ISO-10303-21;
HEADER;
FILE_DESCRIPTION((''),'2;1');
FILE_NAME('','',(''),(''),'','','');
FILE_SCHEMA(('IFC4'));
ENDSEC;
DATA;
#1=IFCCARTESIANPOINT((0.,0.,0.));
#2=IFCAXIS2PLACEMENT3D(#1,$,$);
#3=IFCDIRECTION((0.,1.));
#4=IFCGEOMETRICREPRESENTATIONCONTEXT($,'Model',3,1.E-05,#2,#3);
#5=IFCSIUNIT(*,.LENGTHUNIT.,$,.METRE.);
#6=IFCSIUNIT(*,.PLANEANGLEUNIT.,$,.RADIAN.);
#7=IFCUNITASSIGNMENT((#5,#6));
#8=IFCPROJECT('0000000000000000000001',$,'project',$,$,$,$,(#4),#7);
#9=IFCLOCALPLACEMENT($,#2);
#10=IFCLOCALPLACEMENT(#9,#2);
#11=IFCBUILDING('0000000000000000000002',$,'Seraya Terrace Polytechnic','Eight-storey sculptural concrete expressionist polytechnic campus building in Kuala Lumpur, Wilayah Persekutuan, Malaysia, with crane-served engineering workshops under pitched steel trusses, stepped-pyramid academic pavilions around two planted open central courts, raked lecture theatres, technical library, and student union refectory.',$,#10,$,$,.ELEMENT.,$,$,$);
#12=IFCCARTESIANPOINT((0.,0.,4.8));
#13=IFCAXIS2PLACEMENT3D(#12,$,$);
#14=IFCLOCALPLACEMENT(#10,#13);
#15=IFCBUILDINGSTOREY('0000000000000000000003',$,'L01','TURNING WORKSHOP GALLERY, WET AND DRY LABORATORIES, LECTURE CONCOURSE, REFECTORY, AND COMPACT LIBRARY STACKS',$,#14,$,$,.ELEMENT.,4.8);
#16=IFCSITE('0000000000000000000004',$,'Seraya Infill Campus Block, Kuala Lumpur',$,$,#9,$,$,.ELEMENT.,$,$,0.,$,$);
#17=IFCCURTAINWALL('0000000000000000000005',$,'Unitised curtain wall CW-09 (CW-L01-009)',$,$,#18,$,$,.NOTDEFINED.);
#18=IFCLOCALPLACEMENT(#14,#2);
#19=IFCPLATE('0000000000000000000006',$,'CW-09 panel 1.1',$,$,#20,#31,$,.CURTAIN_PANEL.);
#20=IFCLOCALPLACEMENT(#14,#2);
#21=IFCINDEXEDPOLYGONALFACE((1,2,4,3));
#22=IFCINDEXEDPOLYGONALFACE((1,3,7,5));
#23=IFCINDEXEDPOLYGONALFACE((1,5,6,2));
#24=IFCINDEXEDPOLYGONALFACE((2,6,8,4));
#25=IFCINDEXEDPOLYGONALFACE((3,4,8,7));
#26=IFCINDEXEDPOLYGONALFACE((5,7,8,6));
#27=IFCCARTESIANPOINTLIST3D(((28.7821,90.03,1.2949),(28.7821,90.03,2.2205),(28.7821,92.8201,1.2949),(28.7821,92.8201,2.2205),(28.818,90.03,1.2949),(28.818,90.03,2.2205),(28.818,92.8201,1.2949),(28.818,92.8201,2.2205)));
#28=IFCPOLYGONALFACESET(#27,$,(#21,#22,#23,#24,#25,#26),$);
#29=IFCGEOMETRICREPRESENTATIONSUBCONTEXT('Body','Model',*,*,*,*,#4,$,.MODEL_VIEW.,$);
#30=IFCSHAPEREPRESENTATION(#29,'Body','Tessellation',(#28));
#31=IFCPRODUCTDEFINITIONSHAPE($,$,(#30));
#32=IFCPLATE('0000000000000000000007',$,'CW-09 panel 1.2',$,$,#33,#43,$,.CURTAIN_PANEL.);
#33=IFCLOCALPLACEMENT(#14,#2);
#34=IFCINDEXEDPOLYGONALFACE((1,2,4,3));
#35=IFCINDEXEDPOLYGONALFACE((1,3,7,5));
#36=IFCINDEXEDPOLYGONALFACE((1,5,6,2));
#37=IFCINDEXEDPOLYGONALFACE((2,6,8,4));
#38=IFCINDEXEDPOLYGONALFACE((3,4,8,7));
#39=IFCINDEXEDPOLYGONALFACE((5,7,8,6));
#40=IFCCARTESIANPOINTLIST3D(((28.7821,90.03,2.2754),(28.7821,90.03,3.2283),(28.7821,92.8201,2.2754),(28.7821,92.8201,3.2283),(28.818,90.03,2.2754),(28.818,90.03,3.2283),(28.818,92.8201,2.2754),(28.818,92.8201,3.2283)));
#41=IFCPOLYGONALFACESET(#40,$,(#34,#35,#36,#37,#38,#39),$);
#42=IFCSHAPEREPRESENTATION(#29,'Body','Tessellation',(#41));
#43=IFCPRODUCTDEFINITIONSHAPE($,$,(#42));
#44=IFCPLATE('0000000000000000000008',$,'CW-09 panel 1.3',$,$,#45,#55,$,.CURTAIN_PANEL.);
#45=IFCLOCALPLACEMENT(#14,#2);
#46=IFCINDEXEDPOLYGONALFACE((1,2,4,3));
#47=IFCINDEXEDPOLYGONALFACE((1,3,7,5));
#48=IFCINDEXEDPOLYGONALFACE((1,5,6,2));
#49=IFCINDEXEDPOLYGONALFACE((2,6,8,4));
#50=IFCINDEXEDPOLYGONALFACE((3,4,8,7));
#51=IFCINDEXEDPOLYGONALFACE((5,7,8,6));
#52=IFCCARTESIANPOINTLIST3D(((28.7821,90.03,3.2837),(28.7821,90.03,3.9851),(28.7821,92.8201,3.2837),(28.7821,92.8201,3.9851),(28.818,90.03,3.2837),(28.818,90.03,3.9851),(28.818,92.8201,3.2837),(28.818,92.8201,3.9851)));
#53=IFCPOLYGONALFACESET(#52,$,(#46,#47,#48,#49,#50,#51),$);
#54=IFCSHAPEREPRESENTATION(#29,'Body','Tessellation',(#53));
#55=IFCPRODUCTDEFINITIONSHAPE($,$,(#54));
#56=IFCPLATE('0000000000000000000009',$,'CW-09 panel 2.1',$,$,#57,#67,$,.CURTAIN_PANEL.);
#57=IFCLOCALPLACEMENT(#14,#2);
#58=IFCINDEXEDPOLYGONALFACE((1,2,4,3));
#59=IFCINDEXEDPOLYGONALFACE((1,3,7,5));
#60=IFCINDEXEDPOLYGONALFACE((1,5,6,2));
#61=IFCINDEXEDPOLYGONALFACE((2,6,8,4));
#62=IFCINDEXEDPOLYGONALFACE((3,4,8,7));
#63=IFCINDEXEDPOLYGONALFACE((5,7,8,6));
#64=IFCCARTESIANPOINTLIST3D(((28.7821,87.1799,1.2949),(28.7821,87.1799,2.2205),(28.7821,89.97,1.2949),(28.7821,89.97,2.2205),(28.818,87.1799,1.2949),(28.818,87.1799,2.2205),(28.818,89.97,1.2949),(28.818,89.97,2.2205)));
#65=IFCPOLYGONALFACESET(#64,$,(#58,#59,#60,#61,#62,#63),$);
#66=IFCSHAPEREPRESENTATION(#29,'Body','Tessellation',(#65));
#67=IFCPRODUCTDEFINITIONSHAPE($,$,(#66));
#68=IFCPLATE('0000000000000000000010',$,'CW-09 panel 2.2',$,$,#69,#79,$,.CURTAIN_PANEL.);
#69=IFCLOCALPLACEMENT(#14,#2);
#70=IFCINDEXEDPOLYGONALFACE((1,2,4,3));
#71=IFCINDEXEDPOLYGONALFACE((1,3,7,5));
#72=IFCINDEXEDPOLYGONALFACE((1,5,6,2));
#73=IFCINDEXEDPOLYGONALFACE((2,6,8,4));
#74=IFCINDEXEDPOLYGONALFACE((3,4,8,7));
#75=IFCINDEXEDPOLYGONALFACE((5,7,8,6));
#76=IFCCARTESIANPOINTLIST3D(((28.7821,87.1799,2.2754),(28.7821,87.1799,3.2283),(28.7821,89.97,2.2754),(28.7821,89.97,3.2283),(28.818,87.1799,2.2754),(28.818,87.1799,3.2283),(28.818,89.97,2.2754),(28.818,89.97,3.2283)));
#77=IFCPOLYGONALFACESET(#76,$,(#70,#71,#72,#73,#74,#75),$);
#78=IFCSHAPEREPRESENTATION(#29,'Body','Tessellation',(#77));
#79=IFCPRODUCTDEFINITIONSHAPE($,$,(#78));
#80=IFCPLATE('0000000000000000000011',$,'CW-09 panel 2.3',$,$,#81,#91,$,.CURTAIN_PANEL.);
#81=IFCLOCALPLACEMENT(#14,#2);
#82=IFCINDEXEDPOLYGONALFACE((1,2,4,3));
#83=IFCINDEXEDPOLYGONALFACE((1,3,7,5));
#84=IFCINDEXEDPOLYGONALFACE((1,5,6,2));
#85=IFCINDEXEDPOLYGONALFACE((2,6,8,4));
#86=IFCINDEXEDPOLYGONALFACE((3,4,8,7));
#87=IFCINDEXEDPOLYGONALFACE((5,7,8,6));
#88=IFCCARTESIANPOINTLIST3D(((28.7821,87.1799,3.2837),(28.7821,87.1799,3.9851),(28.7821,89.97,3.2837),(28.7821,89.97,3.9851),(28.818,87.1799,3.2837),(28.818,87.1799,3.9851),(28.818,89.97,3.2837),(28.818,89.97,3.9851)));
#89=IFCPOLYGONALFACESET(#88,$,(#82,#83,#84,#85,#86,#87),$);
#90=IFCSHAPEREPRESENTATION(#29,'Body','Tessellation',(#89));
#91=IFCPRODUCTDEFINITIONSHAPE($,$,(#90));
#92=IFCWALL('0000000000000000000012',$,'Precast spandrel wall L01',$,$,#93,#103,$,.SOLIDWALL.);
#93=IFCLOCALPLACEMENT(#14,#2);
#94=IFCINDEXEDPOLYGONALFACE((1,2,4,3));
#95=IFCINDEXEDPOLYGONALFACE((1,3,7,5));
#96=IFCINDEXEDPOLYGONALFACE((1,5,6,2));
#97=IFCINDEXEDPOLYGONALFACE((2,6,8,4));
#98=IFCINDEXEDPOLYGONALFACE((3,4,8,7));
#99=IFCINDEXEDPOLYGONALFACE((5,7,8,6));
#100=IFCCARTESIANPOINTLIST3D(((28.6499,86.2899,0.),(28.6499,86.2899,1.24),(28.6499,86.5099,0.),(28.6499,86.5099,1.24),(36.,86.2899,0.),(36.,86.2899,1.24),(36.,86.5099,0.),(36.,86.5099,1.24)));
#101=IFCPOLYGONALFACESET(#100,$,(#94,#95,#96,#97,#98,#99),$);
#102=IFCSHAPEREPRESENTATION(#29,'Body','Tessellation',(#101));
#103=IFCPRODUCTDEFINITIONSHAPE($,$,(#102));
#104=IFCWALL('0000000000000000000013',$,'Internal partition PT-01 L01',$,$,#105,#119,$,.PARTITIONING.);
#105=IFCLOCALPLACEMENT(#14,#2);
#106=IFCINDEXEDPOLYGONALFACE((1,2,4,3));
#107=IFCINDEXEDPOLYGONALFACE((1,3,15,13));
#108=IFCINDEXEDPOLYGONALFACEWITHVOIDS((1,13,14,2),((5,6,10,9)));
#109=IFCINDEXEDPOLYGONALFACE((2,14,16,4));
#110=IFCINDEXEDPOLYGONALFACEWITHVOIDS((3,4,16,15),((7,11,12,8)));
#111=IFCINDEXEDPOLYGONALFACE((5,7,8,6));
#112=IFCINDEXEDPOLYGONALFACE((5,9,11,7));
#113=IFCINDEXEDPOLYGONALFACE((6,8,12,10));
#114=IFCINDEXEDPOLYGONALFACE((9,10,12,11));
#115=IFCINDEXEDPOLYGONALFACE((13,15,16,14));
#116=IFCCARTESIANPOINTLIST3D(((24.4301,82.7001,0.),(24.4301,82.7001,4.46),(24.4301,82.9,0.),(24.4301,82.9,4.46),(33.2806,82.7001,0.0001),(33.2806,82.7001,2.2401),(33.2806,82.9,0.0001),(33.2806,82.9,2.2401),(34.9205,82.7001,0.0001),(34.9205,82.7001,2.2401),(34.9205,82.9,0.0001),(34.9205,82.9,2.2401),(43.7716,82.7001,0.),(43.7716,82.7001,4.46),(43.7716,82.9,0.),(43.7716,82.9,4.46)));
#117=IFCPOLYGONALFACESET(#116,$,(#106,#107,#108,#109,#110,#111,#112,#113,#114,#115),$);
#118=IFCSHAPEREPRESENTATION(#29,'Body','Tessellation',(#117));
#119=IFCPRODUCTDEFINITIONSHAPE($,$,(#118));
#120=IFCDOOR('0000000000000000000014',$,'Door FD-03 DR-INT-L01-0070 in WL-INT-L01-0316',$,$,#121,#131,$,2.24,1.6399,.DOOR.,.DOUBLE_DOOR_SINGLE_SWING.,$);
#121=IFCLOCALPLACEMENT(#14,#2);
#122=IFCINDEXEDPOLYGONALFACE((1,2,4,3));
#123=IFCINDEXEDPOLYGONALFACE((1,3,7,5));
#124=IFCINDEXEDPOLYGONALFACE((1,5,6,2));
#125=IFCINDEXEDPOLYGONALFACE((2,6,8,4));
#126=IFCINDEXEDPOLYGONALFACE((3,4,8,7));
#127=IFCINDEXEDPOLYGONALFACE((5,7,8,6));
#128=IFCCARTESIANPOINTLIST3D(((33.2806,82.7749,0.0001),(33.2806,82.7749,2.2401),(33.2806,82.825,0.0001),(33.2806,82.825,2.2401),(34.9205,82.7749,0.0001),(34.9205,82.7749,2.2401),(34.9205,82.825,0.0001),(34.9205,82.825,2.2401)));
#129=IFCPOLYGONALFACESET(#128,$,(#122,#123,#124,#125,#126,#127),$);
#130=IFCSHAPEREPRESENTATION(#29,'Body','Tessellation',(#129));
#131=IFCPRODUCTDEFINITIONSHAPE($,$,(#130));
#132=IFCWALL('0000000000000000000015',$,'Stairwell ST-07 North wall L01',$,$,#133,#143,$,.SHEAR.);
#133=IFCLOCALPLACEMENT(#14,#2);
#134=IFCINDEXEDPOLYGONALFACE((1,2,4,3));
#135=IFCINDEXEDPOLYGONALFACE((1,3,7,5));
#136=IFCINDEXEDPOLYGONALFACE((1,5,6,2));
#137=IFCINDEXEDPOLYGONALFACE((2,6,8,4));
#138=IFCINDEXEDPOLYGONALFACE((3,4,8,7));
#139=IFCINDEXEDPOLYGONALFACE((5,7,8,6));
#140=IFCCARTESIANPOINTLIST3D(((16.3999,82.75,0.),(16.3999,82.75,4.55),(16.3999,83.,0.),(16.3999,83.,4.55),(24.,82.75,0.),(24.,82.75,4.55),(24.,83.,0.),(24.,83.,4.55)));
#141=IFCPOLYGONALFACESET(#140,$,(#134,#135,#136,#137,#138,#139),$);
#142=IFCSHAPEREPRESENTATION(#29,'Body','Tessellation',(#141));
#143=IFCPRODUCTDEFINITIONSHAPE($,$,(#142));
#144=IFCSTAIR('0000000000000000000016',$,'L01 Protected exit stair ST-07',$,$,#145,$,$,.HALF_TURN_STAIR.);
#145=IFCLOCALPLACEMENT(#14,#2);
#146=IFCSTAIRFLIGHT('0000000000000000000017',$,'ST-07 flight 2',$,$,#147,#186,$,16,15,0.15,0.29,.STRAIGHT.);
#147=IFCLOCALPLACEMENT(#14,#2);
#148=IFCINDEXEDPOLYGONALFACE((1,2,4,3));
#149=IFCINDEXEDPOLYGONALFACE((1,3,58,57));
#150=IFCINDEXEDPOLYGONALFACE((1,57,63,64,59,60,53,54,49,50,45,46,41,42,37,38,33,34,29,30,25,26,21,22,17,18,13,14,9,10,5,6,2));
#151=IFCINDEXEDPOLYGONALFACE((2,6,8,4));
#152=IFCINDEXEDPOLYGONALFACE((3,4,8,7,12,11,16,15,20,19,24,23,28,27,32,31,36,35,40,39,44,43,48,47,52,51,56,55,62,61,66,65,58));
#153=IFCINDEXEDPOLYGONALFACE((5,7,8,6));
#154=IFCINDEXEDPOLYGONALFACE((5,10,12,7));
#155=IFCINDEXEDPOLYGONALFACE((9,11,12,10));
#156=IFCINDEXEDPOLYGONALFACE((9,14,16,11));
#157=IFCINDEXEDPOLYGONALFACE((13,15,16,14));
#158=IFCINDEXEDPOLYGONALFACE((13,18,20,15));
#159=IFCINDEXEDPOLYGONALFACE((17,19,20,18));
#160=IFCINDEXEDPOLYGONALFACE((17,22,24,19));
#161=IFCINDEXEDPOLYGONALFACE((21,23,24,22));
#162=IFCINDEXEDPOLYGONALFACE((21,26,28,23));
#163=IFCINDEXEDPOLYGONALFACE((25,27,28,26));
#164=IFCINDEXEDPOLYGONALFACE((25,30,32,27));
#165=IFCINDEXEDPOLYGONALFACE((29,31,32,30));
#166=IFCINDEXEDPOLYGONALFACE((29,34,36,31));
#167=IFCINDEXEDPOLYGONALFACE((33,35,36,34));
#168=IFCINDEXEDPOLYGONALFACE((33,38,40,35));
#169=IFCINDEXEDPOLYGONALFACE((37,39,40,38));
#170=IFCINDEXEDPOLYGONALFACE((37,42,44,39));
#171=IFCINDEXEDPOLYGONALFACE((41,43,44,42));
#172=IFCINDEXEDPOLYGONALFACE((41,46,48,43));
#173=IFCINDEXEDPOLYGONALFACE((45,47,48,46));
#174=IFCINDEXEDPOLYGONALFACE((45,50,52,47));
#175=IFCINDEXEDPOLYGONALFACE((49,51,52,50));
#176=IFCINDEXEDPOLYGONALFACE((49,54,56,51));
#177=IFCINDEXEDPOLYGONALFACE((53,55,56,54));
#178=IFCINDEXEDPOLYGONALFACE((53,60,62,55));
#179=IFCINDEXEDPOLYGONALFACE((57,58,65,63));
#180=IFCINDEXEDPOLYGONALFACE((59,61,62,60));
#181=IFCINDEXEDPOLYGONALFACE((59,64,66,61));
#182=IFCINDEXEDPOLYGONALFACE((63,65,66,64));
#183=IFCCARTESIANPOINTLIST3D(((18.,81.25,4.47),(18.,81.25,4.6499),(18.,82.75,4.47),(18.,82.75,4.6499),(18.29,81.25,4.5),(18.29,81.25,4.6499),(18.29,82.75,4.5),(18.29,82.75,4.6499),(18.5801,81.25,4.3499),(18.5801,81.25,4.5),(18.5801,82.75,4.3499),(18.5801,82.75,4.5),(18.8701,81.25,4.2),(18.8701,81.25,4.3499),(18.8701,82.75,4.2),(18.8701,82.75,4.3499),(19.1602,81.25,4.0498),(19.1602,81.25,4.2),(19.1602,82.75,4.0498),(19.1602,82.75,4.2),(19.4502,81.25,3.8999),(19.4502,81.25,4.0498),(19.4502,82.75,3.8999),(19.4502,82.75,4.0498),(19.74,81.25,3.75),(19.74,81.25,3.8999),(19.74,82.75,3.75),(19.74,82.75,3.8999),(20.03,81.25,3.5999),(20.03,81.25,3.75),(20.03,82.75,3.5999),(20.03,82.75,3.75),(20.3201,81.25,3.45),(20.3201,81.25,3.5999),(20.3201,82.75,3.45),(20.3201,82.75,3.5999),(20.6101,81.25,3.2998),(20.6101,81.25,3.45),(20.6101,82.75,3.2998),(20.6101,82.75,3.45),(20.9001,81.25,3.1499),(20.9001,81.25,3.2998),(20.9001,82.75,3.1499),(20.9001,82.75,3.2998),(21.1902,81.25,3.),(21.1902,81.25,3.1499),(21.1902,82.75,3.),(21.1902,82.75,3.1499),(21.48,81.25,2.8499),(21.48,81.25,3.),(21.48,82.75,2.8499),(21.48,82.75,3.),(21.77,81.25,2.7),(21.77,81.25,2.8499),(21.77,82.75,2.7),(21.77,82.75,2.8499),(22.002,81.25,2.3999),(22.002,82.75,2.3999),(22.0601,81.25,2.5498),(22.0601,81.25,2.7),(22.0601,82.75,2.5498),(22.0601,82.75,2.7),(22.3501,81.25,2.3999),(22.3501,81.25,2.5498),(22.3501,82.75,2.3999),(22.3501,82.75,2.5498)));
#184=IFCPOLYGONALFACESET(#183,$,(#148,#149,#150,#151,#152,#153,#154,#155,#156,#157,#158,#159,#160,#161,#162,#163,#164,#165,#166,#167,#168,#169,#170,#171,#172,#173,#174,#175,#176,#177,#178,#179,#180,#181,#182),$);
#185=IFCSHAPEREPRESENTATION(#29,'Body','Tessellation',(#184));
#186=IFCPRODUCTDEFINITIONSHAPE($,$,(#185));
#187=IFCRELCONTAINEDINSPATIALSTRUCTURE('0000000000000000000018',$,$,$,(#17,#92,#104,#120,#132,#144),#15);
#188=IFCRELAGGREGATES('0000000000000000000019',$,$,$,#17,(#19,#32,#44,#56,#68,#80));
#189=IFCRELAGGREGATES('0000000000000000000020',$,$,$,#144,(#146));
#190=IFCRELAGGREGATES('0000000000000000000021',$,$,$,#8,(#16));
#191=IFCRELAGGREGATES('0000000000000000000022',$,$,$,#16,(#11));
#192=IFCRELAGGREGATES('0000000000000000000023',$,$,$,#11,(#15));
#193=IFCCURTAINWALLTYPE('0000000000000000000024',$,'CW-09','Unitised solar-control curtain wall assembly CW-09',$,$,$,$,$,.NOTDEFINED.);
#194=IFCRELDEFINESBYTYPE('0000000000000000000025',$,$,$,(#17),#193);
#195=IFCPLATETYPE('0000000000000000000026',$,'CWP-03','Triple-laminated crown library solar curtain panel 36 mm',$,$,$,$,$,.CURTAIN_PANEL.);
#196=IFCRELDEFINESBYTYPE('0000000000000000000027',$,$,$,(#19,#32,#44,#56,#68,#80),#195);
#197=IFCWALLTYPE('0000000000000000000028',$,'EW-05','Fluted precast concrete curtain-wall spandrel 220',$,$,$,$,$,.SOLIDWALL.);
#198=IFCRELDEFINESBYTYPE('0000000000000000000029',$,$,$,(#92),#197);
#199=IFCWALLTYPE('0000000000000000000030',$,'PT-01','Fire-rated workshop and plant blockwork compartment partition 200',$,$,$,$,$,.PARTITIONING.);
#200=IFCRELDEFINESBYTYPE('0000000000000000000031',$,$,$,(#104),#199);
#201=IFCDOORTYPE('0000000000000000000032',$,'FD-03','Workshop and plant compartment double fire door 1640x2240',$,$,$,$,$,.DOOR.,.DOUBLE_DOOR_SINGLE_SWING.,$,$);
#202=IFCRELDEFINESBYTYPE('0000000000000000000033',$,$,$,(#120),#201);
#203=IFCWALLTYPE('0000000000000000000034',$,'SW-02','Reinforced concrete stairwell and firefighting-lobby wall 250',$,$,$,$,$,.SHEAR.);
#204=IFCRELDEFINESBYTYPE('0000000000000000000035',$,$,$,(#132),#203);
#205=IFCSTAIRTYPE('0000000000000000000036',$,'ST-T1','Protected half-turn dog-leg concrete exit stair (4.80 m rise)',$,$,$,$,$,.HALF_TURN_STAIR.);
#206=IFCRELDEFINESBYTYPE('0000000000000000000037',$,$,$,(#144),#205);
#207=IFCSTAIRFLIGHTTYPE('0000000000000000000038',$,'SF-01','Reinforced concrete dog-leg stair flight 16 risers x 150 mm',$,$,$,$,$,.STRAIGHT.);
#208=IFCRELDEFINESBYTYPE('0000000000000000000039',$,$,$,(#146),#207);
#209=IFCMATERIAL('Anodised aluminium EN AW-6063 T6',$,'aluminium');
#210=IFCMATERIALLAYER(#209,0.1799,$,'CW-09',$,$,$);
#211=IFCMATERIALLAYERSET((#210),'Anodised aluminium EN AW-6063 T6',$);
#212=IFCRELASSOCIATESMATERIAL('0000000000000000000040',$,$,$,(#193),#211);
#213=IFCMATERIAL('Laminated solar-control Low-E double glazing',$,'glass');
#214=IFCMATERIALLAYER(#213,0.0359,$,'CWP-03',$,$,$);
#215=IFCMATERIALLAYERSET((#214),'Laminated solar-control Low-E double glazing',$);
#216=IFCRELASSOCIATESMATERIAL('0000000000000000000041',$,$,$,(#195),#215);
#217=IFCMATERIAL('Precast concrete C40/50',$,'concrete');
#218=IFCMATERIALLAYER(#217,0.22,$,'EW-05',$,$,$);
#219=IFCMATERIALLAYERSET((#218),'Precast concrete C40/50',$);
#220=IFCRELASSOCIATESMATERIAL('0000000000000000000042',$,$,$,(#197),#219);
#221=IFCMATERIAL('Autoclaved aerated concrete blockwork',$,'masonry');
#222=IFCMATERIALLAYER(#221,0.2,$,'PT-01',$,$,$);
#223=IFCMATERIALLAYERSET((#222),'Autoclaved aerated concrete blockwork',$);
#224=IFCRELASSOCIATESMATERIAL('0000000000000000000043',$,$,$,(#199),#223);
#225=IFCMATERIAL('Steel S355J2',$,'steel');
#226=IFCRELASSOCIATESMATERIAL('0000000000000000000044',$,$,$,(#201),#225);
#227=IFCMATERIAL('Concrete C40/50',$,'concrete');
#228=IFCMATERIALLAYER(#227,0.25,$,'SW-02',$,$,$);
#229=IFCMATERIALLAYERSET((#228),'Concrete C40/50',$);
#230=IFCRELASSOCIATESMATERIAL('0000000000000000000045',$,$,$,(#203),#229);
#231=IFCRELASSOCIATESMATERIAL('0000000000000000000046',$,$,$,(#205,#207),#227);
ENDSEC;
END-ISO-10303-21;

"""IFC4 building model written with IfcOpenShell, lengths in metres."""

from ifc_helpers import new_model, si_unit, direction, frame, frame_2d, origin, origin_2d, place, context, subcontext, project, spatial, polyline, rectangle, outline, extrude, material, layer, layer_set, type_object, element, fill, aggregate, save


model = new_model("IFC4")

# Units and contexts
model_context = context("Model", 3, precision=1e-05, world=origin(), true_north=direction((0.0, 1.0)))
body_context = subcontext(model_context, "Body", "Model", "MODEL_VIEW")
ifc_project = project(units=[si_unit("LENGTHUNIT", "METRE"), si_unit("PLANEANGLEUNIT", "RADIAN")], contexts=[model_context])

# Site, building, storey
site_placement = place(None, origin())
site = spatial("IfcSite", under=ifc_project, at=site_placement, Name="Seraya Infill Campus Block, Kuala Lumpur", CompositionType="ELEMENT", RefElevation=0.0)
building_placement = place(site_placement, origin())
building = spatial("IfcBuilding", under=site, at=building_placement, Name="Seraya Terrace Polytechnic", Description="Eight-storey sculptural concrete expressionist polytechnic campus building in Kuala Lumpur, Wilayah Persekutuan, Malaysia, with crane-served engineering workshops under pitched steel trusses, stepped-pyramid academic pavilions around two planted open central courts, raked lecture theatres, technical library, and student union refectory.", CompositionType="ELEMENT")
storey_placement = place(building_placement, frame((0.0, 0.0, 4.8)))
storey = spatial("IfcBuildingStorey", under=building, at=storey_placement, Name="L01", Description="TURNING WORKSHOP GALLERY, WET AND DRY LABORATORIES, LECTURE CONCOURSE, REFECTORY, AND COMPACT LIBRARY STACKS", CompositionType="ELEMENT", Elevation=4.8)

# Shared definitions
ifc_material_1 = material(Name="Concrete C40/50", Category="concrete")

# Curtain wall
ifc_material_2 = material(Name="Anodised aluminium EN AW-6063 T6", Category="aluminium")
ifc_layer_1 = layer(ifc_material_2, 0.1799, Name="CW-09")
ifc_layer_set_1 = layer_set([ifc_layer_1], Name="Anodised aluminium EN AW-6063 T6")
curtain_wall_type_1 = type_object("IfcCurtainWallType", Name="CW-09", Description="Unitised solar-control curtain wall assembly CW-09", PredefinedType="NOTDEFINED", material=ifc_layer_set_1)
curtain_wall_1_placement = place(storey_placement, origin())
curtain_wall_1 = element("IfcCurtainWall", 1, at=curtain_wall_1_placement, inside=storey, type_object=curtain_wall_type_1, Name="Unitised curtain wall CW-09 (CW-L01-009)", PredefinedType="NOTDEFINED")

# Plates
ifc_material_3 = material(Name="Laminated solar-control Low-E double glazing", Category="glass")
ifc_layer_2 = layer(ifc_material_3, 0.0359, Name="CWP-03")
ifc_layer_set_2 = layer_set([ifc_layer_2], Name="Laminated solar-control Low-E double glazing")
plate_type_1 = type_object("IfcPlateType", Name="CWP-03", Description="Triple-laminated crown library solar curtain panel 36 mm", PredefinedType="CURTAIN_PANEL", material=ifc_layer_set_2)
plate_1_placement = place(storey_placement, frame((28.8, 91.425, 1.2949), z_axis=(0.0, 0.0, 1.0), x_axis=(0.0, -1.0, 0.0)))
plate_1 = element("IfcPlate", 2, at=plate_1_placement, type_object=plate_type_1, Name="CW-09 panel 1.1", PredefinedType="CURTAIN_PANEL", context=body_context, shape_type="SweptSolid", body=[
    extrude(rectangle(XDim=2.79, YDim=0.0359, at=origin_2d()), origin(), (0.0, 0.0, 1.0), 0.9255),
])
plate_2_placement = place(storey_placement, frame((28.8, 91.425, 2.2754), z_axis=(0.0, 0.0, 1.0), x_axis=(0.0, -1.0, 0.0)))
plate_2 = element("IfcPlate", 3, at=plate_2_placement, type_object=plate_type_1, Name="CW-09 panel 1.2", PredefinedType="CURTAIN_PANEL", context=body_context, shape_type="SweptSolid", body=[
    extrude(rectangle(XDim=2.79, YDim=0.0359, at=origin_2d()), origin(), (0.0, 0.0, 1.0), 0.9529),
])
plate_3_placement = place(storey_placement, frame((28.8, 91.425, 3.2837), z_axis=(0.0, 0.0, 1.0), x_axis=(0.0, -1.0, 0.0)))
plate_3 = element("IfcPlate", 4, at=plate_3_placement, type_object=plate_type_1, Name="CW-09 panel 1.3", PredefinedType="CURTAIN_PANEL", context=body_context, shape_type="SweptSolid", body=[
    extrude(rectangle(XDim=2.79, YDim=0.0359, at=origin_2d()), origin(), (0.0, 0.0, 1.0), 0.7014),
])
plate_4_placement = place(storey_placement, frame((28.8, 88.575, 1.2949), z_axis=(0.0, 0.0, 1.0), x_axis=(0.0, -1.0, 0.0)))
plate_4 = element("IfcPlate", 5, at=plate_4_placement, type_object=plate_type_1, Name="CW-09 panel 2.1", PredefinedType="CURTAIN_PANEL", context=body_context, shape_type="SweptSolid", body=[
    extrude(rectangle(XDim=2.79, YDim=0.0359, at=origin_2d()), origin(), (0.0, 0.0, 1.0), 0.9255),
])
plate_5_placement = place(storey_placement, frame((28.8, 88.575, 2.2754), z_axis=(0.0, 0.0, 1.0), x_axis=(0.0, -1.0, 0.0)))
plate_5 = element("IfcPlate", 6, at=plate_5_placement, type_object=plate_type_1, Name="CW-09 panel 2.2", PredefinedType="CURTAIN_PANEL", context=body_context, shape_type="SweptSolid", body=[
    extrude(rectangle(XDim=2.79, YDim=0.0359, at=origin_2d()), origin(), (0.0, 0.0, 1.0), 0.9529),
])
plate_6_placement = place(storey_placement, frame((28.8, 88.575, 3.2837), z_axis=(0.0, 0.0, 1.0), x_axis=(0.0, -1.0, 0.0)))
plate_6 = element("IfcPlate", 7, at=plate_6_placement, type_object=plate_type_1, Name="CW-09 panel 2.3", PredefinedType="CURTAIN_PANEL", context=body_context, shape_type="SweptSolid", body=[
    extrude(rectangle(XDim=2.79, YDim=0.0359, at=origin_2d()), origin(), (0.0, 0.0, 1.0), 0.7014),
])
aggregate(curtain_wall_1, [plate_1, plate_2, plate_3, plate_4, plate_5, plate_6])

# Wall
ifc_material_4 = material(Name="Precast concrete C40/50", Category="concrete")
ifc_layer_3 = layer(ifc_material_4, 0.22, Name="EW-05")
ifc_layer_set_3 = layer_set([ifc_layer_3], Name="Precast concrete C40/50")
wall_type_1 = type_object("IfcWallType", Name="EW-05", Description="Fluted precast concrete curtain-wall spandrel 220", PredefinedType="SOLIDWALL", material=ifc_layer_set_3)
wall_1_placement = place(storey_placement, frame((28.6499, 86.3999, 0.0), z_axis=(0.0, 0.0, 1.0), x_axis=(1.0, 0.0, 0.0)))
element("IfcWall", 8, at=wall_1_placement, inside=storey, type_object=wall_type_1, Name="Precast spandrel wall L01", PredefinedType="SOLIDWALL", context=body_context, shape_type="SweptSolid", body=[
    extrude(rectangle(XDim=7.3501, YDim=0.22, at=frame_2d((3.675, 0.0))), origin(), (0.0, 0.0, 1.0), 1.24),
])

# Wall, opening, door
ifc_material_5 = material(Name="Autoclaved aerated concrete blockwork", Category="masonry")
ifc_layer_4 = layer(ifc_material_5, 0.2, Name="PT-01")
ifc_layer_set_4 = layer_set([ifc_layer_4], Name="Autoclaved aerated concrete blockwork")
wall_type_2 = type_object("IfcWallType", Name="PT-01", Description="Fire-rated workshop and plant blockwork compartment partition 200", PredefinedType="PARTITIONING", material=ifc_layer_set_4)
wall_2_placement = place(storey_placement, frame((24.4299, 82.8, 0.0), z_axis=(0.0, 0.0, 1.0), x_axis=(1.0, 0.0, 0.0)))
wall_2 = element("IfcWall", 9, at=wall_2_placement, inside=storey, type_object=wall_type_2, Name="Internal partition PT-01 L01", PredefinedType="PARTITIONING", context=body_context, shape_type="SweptSolid", body=[
    extrude(rectangle(XDim=19.3416, YDim=0.2, at=frame_2d((9.6709, 0.0))), origin(), (0.0, 0.0, 1.0), 4.46),
])
opening_placement = place(wall_2_placement, frame((8.8508, 0.0, 0.0)))
opening = element("IfcOpeningElement", 10, at=opening_placement, cuts=wall_2, PredefinedType="OPENING", context=body_context, shape_type="SweptSolid", body=[
    extrude(rectangle(XDim=1.6399, YDim=2.24, at=frame_2d((0.8198, 1.1201))), frame((0.0, 0.1118, 0.0), z_axis=(0.0, -1.0, 0.0), x_axis=(1.0, 0.0, 0.0)), (0.0, 0.0, 1.0), 0.2239),
])
ifc_material_6 = material(Name="Steel S355J2", Category="steel")
door_type = type_object("IfcDoorType", Name="FD-03", Description="Workshop and plant compartment double fire door 1640x2240", OperationType="DOUBLE_DOOR_SINGLE_SWING", PredefinedType="DOOR", material=ifc_material_6)
door_placement = place(opening_placement, origin())
door = element("IfcDoor", 11, at=door_placement, inside=storey, type_object=door_type, Name="Door FD-03 DR-INT-L01-0070 in WL-INT-L01-0316", OperationType="DOUBLE_DOOR_SINGLE_SWING", OverallHeight=2.24, OverallWidth=1.6399, PredefinedType="DOOR", context=body_context, shape_type="SweptSolid", body=[
    extrude(rectangle(XDim=1.6399, YDim=2.24, at=frame_2d((0.8198, 1.1201))), frame((0.0, 0.0249, 0.0), z_axis=(0.0, -1.0, 0.0), x_axis=(1.0, 0.0, 0.0)), (0.0, 0.0, 1.0), 0.05),
])
fill(opening, door)

# Wall
ifc_layer_5 = layer(ifc_material_1, 0.25, Name="SW-02")
ifc_layer_set_5 = layer_set([ifc_layer_5], Name="Concrete C40/50")
wall_type_3 = type_object("IfcWallType", Name="SW-02", Description="Reinforced concrete stairwell and firefighting-lobby wall 250", PredefinedType="SHEAR", material=ifc_layer_set_5)
wall_3_placement = place(storey_placement, frame((16.3999, 82.875, 0.0), z_axis=(0.0, 0.0, 1.0), x_axis=(1.0, 0.0, 0.0)))
element("IfcWall", 12, at=wall_3_placement, inside=storey, type_object=wall_type_3, Name="Stairwell ST-07 North wall L01", PredefinedType="SHEAR", context=body_context, shape_type="SweptSolid", body=[
    extrude(rectangle(XDim=7.6001, YDim=0.25, at=frame_2d((3.8, 0.0))), origin(), (0.0, 0.0, 1.0), 4.55),
])

# Stair, stair flight
stair_type = type_object("IfcStairType", Name="ST-T1", Description="Protected half-turn dog-leg concrete exit stair (4.80 m rise)", PredefinedType="HALF_TURN_STAIR", material=ifc_material_1)
stair_placement = place(storey_placement, origin())
stair = element("IfcStair", 13, at=stair_placement, inside=storey, type_object=stair_type, Name="L01 Protected exit stair ST-07", PredefinedType="HALF_TURN_STAIR")
stair_flight_type = type_object("IfcStairFlightType", Name="SF-01", Description="Reinforced concrete dog-leg stair flight 16 risers x 150 mm", PredefinedType="STRAIGHT", material=ifc_material_1)
stair_flight_placement = place(storey_placement, frame((22.3501, 82.0, 2.3999), z_axis=(0.0, 0.0, 1.0), x_axis=(-1.0, 0.0, 0.0)))
stair_flight = element("IfcStairFlight", 14, at=stair_flight_placement, type_object=stair_flight_type, Name="ST-07 flight 2", NumberOfRisers=16, NumberOfTreads=15, PredefinedType="STRAIGHT", RiserHeight=0.15, TreadLength=0.29, context=body_context, shape_type="SweptSolid", body=[
    extrude(outline(polyline([(0.0, 0.0), (0.0, 0.1499), (0.29, 0.1499), (0.29, 0.3), (0.5801, 0.3), (0.5801, 0.45), (0.8701, 0.45), (0.8701, 0.6001), (1.1599, 0.6001), (1.1599, 0.75), (1.45, 0.75), (1.45, 0.8999), (1.74, 0.8999), (1.74, 1.05), (2.03, 1.05), (2.03, 1.2), (2.3201, 1.2), (2.3201, 1.3501), (2.6101, 1.3501), (2.6101, 1.5), (2.8999, 1.5), (2.8999, 1.6499), (3.1899, 1.6499), (3.1899, 1.8), (3.48, 1.8), (3.48, 1.95), (3.77, 1.95), (3.77, 2.1001), (4.0601, 2.1001), (4.0601, 2.25), (4.3501, 2.25), (4.3501, 2.3999), (4.3501, 2.0701), (0.3481, 0.0), (0.0, 0.0)])), frame((0.0, 0.75, 0.0), z_axis=(0.0, -1.0, 0.0), x_axis=(1.0, 0.0, 0.0)), (0.0, 0.0, 1.0), 1.5),
])
aggregate(stair, [stair_flight])

save(model, "model.ifc")
